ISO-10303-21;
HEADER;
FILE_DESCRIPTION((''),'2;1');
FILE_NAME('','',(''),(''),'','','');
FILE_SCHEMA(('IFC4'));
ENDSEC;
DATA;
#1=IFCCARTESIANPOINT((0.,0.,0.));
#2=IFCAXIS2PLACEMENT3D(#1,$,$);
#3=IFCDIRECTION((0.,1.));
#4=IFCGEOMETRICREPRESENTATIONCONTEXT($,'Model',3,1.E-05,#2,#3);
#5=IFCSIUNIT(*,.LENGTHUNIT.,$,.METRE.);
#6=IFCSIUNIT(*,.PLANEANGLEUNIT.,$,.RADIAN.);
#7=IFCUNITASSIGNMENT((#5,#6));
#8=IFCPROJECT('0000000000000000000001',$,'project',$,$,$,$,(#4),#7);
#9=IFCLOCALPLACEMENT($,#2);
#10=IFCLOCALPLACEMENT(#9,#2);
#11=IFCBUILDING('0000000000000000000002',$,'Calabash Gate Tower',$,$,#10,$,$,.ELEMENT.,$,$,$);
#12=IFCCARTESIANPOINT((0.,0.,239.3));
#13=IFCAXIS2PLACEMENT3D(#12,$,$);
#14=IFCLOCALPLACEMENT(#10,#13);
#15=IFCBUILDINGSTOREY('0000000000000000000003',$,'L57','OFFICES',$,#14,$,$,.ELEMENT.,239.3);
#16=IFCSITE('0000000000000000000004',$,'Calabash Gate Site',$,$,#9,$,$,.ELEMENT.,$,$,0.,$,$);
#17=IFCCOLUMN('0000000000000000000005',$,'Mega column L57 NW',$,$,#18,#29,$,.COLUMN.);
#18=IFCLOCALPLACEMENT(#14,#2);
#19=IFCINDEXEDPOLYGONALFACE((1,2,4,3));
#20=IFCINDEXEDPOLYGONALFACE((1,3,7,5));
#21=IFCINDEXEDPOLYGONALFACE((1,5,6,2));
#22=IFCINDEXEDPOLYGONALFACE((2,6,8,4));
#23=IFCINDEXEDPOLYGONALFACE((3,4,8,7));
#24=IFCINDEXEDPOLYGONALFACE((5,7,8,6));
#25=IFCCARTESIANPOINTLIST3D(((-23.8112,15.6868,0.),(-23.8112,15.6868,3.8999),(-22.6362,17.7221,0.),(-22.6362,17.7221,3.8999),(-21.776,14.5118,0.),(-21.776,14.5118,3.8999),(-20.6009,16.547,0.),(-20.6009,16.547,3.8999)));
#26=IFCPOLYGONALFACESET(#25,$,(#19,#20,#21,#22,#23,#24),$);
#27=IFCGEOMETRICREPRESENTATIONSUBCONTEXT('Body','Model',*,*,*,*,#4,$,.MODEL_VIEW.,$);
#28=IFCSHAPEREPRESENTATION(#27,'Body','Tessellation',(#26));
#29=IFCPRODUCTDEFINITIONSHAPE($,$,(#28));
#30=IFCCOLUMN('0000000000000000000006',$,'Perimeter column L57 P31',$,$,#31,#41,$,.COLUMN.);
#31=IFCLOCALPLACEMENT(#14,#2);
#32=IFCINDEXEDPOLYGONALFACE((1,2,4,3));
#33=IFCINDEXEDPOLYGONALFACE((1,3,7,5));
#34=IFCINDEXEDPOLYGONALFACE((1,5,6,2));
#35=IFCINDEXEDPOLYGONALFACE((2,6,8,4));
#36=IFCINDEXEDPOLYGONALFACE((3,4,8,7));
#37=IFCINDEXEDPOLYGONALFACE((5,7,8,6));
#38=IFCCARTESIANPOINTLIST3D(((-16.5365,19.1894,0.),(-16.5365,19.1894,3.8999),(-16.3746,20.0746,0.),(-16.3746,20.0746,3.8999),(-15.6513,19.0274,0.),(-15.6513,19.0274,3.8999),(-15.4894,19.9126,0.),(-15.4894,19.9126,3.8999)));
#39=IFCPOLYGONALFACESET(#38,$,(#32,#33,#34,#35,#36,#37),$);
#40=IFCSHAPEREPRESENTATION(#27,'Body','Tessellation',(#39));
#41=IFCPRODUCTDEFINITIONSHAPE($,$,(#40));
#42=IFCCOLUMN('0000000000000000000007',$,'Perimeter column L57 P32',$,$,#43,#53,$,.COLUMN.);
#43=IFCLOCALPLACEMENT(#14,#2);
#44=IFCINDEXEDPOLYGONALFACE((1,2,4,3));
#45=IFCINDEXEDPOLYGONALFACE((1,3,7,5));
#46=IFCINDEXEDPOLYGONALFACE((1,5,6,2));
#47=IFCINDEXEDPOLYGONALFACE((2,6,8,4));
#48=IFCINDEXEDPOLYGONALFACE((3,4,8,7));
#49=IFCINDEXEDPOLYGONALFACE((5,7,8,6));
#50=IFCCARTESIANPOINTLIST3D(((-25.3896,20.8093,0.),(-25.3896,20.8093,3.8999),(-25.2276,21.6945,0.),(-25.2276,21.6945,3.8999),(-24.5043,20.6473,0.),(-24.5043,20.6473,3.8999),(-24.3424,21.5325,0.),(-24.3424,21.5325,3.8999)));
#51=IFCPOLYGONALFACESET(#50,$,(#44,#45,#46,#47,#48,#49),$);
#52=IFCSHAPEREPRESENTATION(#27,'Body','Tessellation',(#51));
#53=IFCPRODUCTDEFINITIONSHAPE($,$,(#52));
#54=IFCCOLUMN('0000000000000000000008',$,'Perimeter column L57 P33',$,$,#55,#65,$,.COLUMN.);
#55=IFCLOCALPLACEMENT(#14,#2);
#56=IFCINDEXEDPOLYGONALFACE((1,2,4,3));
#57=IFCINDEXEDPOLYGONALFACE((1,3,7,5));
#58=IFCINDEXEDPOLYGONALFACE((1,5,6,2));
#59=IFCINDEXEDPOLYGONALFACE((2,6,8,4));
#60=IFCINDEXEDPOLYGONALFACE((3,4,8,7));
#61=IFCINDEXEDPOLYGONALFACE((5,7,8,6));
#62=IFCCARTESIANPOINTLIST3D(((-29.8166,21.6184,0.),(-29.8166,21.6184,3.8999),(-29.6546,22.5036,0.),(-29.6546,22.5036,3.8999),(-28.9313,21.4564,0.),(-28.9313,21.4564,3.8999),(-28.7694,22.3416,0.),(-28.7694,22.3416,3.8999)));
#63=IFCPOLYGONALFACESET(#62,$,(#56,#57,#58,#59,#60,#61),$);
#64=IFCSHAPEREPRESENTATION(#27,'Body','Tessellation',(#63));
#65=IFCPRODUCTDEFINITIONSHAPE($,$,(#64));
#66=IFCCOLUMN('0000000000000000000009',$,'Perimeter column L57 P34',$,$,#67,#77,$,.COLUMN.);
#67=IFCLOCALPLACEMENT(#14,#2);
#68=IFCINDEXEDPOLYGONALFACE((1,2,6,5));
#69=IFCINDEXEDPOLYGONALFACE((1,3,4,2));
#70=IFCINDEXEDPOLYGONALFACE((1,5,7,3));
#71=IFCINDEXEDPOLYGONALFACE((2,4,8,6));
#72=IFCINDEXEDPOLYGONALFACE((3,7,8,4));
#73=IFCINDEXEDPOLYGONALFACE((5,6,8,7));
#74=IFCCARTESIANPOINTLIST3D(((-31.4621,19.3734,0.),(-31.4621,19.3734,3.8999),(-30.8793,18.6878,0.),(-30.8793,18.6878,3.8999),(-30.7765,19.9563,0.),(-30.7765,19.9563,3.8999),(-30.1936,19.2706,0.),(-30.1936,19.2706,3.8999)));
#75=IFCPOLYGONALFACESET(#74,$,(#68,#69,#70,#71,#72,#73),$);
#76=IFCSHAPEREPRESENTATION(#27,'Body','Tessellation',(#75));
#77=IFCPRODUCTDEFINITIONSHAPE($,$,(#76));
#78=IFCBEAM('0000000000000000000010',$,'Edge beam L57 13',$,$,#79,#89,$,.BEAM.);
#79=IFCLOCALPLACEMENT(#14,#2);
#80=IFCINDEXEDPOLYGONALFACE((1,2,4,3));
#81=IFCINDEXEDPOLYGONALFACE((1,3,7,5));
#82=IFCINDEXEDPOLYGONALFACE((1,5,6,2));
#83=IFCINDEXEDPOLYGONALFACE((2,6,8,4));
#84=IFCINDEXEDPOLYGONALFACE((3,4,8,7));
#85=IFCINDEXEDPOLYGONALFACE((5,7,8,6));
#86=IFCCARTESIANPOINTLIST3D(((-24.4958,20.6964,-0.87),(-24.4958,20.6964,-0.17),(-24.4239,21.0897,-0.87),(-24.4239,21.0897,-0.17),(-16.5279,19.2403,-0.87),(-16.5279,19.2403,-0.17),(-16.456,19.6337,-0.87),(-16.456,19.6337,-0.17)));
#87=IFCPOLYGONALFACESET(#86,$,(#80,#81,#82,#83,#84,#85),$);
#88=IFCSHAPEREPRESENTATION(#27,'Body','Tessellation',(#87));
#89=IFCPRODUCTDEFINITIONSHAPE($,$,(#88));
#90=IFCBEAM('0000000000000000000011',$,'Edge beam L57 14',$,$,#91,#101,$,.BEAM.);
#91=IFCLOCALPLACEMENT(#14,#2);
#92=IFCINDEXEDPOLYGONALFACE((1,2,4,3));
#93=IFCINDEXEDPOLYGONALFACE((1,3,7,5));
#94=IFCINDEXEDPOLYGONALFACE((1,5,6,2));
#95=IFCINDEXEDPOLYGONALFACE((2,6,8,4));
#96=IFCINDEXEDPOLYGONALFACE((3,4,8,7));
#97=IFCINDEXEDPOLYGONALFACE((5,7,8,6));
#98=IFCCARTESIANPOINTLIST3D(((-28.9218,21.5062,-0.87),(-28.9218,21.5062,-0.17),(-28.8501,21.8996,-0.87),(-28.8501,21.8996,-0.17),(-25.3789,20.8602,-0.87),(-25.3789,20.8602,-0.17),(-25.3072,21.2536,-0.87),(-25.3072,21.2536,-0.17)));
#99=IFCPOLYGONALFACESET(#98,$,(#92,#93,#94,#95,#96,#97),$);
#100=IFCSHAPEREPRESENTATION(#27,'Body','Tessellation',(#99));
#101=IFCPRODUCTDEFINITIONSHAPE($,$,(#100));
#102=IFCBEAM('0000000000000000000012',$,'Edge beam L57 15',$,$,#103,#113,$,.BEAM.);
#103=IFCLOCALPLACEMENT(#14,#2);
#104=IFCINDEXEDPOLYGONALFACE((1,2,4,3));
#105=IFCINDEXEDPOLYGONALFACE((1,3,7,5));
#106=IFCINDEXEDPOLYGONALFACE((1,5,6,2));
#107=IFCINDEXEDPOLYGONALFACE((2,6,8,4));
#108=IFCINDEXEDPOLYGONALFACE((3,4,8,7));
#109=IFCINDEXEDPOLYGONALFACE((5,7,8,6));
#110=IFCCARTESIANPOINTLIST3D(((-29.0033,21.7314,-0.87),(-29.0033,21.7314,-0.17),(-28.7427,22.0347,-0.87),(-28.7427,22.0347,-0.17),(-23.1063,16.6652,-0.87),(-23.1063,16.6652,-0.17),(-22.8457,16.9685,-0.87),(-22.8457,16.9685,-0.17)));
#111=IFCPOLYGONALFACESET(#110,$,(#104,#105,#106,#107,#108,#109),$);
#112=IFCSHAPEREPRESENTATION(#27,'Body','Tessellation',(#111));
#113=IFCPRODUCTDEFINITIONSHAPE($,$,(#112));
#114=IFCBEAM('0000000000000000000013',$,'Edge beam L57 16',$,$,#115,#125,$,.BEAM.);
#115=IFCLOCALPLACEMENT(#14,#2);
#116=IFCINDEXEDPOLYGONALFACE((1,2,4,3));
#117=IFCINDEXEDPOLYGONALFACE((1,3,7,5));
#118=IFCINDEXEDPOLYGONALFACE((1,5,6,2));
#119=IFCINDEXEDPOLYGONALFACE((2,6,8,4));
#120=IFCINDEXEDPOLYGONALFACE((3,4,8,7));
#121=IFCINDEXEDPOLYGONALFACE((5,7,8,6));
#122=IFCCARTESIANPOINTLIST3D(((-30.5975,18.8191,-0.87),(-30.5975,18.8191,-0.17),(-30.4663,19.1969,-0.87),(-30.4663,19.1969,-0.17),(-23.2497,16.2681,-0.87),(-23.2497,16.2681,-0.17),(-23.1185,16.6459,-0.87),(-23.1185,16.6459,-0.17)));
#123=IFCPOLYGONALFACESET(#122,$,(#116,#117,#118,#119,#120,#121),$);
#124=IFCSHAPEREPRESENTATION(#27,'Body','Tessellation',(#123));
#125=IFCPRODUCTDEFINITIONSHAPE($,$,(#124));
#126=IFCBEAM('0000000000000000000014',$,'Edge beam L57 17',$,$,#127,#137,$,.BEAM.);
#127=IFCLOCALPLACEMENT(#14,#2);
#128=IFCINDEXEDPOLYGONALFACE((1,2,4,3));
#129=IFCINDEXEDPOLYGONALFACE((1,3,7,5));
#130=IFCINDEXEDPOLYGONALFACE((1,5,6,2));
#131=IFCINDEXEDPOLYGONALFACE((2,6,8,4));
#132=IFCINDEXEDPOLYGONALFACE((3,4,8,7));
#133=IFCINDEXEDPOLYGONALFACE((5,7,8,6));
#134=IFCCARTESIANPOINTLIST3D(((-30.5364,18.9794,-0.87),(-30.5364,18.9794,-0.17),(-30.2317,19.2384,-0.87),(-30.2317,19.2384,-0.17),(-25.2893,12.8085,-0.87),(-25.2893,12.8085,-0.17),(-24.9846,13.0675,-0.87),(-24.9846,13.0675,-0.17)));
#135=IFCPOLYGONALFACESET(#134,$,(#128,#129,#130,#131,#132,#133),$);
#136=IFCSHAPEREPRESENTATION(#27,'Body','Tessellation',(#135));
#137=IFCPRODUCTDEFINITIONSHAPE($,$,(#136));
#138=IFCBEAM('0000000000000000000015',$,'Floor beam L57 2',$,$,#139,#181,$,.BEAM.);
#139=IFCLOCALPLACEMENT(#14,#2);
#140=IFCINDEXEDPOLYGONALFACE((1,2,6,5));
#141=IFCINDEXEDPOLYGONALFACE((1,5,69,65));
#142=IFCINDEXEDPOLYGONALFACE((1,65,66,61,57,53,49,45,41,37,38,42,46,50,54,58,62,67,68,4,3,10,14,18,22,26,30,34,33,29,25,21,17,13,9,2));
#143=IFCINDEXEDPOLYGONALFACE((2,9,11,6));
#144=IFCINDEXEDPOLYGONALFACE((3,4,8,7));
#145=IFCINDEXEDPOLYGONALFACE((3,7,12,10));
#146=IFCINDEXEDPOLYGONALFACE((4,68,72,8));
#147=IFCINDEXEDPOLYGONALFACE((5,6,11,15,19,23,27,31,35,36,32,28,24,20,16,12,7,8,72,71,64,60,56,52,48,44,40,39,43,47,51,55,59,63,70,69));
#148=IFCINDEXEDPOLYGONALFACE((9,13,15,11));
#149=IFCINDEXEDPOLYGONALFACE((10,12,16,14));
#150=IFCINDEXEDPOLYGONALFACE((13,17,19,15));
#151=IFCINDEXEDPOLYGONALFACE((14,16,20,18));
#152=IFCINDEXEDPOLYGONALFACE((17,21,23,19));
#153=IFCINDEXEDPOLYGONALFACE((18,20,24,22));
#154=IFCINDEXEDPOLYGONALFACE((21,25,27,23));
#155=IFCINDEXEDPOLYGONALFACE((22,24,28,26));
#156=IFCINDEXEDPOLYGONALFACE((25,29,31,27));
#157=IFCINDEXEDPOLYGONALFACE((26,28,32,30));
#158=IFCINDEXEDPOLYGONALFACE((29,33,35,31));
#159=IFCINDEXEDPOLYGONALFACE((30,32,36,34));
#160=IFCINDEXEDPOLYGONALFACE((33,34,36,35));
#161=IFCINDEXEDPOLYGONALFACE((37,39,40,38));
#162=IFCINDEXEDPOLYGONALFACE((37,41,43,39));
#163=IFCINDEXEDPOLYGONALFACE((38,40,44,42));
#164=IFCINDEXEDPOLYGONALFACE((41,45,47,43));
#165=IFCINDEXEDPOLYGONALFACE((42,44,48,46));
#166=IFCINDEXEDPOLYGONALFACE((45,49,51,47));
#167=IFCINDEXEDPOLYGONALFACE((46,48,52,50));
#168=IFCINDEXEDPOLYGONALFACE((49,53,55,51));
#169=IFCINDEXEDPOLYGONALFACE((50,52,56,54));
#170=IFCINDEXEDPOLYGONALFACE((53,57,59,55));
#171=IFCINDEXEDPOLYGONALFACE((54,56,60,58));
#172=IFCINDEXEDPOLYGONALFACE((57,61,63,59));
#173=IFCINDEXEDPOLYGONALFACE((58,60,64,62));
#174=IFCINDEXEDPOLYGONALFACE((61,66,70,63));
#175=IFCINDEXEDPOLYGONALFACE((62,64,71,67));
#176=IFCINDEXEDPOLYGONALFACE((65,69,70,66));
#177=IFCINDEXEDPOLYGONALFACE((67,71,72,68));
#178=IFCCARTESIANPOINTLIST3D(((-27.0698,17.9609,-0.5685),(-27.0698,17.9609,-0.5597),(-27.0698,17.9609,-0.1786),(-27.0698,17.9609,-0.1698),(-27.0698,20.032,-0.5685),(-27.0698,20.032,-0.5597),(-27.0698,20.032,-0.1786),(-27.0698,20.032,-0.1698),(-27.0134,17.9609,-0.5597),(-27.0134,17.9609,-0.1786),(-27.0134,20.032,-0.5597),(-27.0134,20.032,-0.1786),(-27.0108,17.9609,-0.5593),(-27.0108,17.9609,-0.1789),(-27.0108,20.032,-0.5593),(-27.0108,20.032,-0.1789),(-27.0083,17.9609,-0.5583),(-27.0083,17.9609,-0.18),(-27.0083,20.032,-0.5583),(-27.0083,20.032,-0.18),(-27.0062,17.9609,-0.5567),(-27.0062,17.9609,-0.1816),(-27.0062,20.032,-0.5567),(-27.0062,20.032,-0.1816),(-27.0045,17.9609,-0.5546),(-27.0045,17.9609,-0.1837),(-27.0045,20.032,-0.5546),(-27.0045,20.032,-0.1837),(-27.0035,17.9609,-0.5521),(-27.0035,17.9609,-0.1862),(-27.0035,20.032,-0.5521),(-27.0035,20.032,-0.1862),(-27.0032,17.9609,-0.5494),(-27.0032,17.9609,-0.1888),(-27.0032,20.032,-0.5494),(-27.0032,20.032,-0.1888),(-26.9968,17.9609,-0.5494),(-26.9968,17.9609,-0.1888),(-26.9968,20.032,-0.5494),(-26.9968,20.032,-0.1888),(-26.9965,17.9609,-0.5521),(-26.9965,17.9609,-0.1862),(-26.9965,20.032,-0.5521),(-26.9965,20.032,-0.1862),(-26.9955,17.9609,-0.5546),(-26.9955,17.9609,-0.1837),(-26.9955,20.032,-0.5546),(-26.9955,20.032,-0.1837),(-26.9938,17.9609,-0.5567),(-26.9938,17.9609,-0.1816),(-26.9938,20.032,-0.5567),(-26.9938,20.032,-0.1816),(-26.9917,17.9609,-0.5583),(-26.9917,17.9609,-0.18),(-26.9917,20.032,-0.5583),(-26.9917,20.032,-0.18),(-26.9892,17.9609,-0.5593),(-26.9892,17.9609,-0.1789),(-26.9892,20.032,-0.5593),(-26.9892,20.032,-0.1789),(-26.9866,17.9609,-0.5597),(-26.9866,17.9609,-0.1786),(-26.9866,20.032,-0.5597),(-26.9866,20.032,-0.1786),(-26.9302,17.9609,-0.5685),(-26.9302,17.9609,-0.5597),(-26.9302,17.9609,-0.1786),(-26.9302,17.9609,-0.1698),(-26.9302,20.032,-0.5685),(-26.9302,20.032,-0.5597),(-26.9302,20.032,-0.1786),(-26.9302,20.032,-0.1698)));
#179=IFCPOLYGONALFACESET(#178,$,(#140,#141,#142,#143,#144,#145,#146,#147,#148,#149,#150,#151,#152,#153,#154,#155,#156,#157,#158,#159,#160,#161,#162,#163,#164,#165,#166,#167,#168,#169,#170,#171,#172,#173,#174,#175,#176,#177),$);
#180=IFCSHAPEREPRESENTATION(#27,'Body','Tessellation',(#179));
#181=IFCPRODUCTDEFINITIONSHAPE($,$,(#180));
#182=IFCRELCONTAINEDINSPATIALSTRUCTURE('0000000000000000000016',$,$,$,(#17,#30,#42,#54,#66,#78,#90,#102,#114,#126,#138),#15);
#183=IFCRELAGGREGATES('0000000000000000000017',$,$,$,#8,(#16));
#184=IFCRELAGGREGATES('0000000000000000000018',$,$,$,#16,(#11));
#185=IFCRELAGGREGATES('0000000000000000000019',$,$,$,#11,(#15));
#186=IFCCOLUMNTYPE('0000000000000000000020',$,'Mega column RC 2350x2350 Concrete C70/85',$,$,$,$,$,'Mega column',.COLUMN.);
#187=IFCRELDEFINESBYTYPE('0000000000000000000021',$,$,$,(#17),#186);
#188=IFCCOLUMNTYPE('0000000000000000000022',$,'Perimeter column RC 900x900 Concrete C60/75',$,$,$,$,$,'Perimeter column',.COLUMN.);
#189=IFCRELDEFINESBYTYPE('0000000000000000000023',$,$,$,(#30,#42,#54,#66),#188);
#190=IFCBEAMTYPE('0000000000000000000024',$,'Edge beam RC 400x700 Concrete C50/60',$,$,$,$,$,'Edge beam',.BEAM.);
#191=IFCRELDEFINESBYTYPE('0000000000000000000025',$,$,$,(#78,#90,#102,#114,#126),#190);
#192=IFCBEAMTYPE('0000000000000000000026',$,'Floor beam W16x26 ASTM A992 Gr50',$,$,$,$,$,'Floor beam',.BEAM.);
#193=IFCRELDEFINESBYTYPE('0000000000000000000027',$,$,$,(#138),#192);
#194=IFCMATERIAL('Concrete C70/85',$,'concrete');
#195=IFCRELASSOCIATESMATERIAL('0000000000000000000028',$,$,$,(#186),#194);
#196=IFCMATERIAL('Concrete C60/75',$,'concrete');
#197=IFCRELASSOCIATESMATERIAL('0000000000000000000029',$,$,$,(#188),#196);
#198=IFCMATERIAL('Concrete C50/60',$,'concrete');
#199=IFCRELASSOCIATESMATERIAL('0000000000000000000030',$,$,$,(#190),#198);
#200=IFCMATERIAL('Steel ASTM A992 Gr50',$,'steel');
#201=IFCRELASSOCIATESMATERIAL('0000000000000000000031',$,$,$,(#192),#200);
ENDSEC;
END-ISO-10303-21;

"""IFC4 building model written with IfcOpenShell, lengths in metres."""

from ifc_helpers import new_model, si_unit, direction, frame, origin, origin_2d, place, context, subcontext, project, spatial, rectangle, i_section, extrude, material, material_profile, profile_set, type_object, element, save


model = new_model("IFC4")

# Units and contexts
model_context = context("Model", 3, precision=1e-05, world=origin(), true_north=direction((0.0, 1.0)))
body_context = subcontext(model_context, "Body", "Model", "MODEL_VIEW")
ifc_project = project(units=[si_unit("LENGTHUNIT", "METRE"), si_unit("PLANEANGLEUNIT", "RADIAN")], contexts=[model_context])

# Site, building, storey
site_placement = place(None, origin())
site = spatial("IfcSite", under=ifc_project, at=site_placement, Name="Calabash Gate Site", CompositionType="ELEMENT", RefElevation=0.0)
building_placement = place(site_placement, origin())
building = spatial("IfcBuilding", under=site, at=building_placement, Name="Calabash Gate Tower", CompositionType="ELEMENT")
storey_placement = place(building_placement, frame((0.0, 0.0, 239.3)))
storey = spatial("IfcBuildingStorey", under=building, at=storey_placement, Name="L57", Description="OFFICES", CompositionType="ELEMENT", Elevation=239.3)

# Columns
ifc_material_1 = material(Name="Concrete C70/85", Category="concrete")
ifc_material_profile_1 = material_profile(ifc_material_1, rectangle(XDim=2.3501, YDim=2.3501, at=origin_2d()))
ifc_profile_set_1 = profile_set([ifc_material_profile_1], Name="Concrete C70/85")
column_type_1 = type_object("IfcColumnType", Name="Mega column RC 2350x2350 Concrete C70/85", ElementType="Mega column", PredefinedType="COLUMN", material=ifc_profile_set_1)
column_placement = place(storey_placement, frame((-22.2061, 16.1169, 0.0), z_axis=(0.0, 0.0, 1.0), x_axis=(0.866025, -0.5, 0.0)))
element("IfcColumn", 1, at=column_placement, inside=storey, type_object=column_type_1, Name="Mega column L57 NW", PredefinedType="COLUMN", context=body_context, shape_type="SweptSolid", body=[
    extrude(rectangle(XDim=2.3501, YDim=2.3501, at=origin_2d()), origin(), (0.0, 0.0, 1.0), 3.8999),
])
ifc_material_2 = material(Name="Concrete C60/75", Category="concrete")
ifc_material_profile_2 = material_profile(ifc_material_2, rectangle(XDim=0.8999, YDim=0.8999, at=origin_2d()))
ifc_profile_set_2 = profile_set([ifc_material_profile_2], Name="Concrete C60/75")
column_type_2 = type_object("IfcColumnType", Name="Perimeter column RC 900x900 Concrete C60/75", ElementType="Perimeter column", PredefinedType="COLUMN", material=ifc_profile_set_2)
for number, where, z_axis, x_axis, name in (
    (2, (-16.0129, 19.551, 0.0), (0.0, 0.0, 1.0), (-0.98367, 0.179982, 0.0), "Perimeter column L57 P31"),
    (3, (-24.866, 21.1709, 0.0), (0.0, 0.0, 1.0), (-0.98367, 0.179982, 0.0), "Perimeter column L57 P32"),
    (4, (-29.293, 21.98, 0.0), (0.0, 0.0, 1.0), (-0.98367, 0.179982, 0.0), "Perimeter column L57 P33"),
    (5, (-30.8279, 19.322, 0.0), (0.0, 0.0, 1.0), (0.647704, -0.761892, 0.0), "Perimeter column L57 P34"),
):
    element("IfcColumn", number, at=place(storey_placement, frame(where, z_axis=z_axis, x_axis=x_axis)), inside=storey, type_object=column_type_2, Name=name, PredefinedType="COLUMN", context=body_context, shape_type="SweptSolid", body=[
        extrude(rectangle(XDim=0.8999, YDim=0.8999, at=origin_2d()), origin(), (0.0, 0.0, 1.0), 3.8999),
    ])

# Beams
ifc_material_3 = material(Name="Concrete C50/60", Category="concrete")
ifc_material_profile_3 = material_profile(ifc_material_3, rectangle(XDim=0.3999, YDim=0.7, at=origin_2d()))
ifc_profile_set_3 = profile_set([ifc_material_profile_3], Name="Concrete C50/60")
beam_type_1 = type_object("IfcBeamType", Name="Edge beam RC 400x700 Concrete C50/60", ElementType="Edge beam", PredefinedType="BEAM", material=ifc_profile_set_3)
beam_1_placement = place(storey_placement, frame((-16.4919, 19.437, -0.52), z_axis=(-0.98371, 0.179761, 0.0), x_axis=(-0.179761, -0.98371, 0.0)))
element("IfcBeam", 6, at=beam_1_placement, inside=storey, type_object=beam_type_1, Name="Edge beam L57 13", PredefinedType="BEAM", context=body_context, shape_type="SweptSolid", body=[
    extrude(rectangle(XDim=0.3999, YDim=0.7, at=origin_2d()), origin(), (0.0, 0.0, 1.0), 8.0999),
])
beam_2_placement = place(storey_placement, frame((-25.343, 21.0569, -0.52), z_axis=(-0.983781, 0.179375, 0.0), x_axis=(-0.179375, -0.983781, 0.0)))
element("IfcBeam", 7, at=beam_2_placement, inside=storey, type_object=beam_type_1, Name="Edge beam L57 14", PredefinedType="BEAM", context=body_context, shape_type="SweptSolid", body=[
    extrude(rectangle(XDim=0.3999, YDim=0.7, at=origin_2d()), origin(), (0.0, 0.0, 1.0), 3.6013),
])
beam_3_placement = place(storey_placement, frame((-28.873, 21.8831, -0.52), z_axis=(0.758518, -0.651652, 0.0), x_axis=(0.651652, 0.758518, 0.0)))
element("IfcBeam", 8, at=beam_3_placement, inside=storey, type_object=beam_type_1, Name="Edge beam L57 15", PredefinedType="BEAM", context=body_context, shape_type="SweptSolid", body=[
    extrude(rectangle(XDim=0.3999, YDim=0.7, at=origin_2d()), origin(), (0.0, 0.0, 1.0), 7.7744),
])
beam_4_placement = place(storey_placement, frame((-23.1841, 16.457, -0.52), z_axis=(-0.944687, 0.327974, 0.0), x_axis=(-0.327974, -0.944687, 0.0)))
element("IfcBeam", 9, at=beam_4_placement, inside=storey, type_object=beam_type_1, Name="Edge beam L57 16", PredefinedType="BEAM", context=body_context, shape_type="SweptSolid", body=[
    extrude(rectangle(XDim=0.3999, YDim=0.7, at=origin_2d()), origin(), (0.0, 0.0, 1.0), 7.7781),
])
beam_5_placement = place(storey_placement, frame((-30.384, 19.1089, -0.52), z_axis=(0.647778, -0.761829, 0.0), x_axis=(0.761829, 0.647778, 0.0)))
element("IfcBeam", 10, at=beam_5_placement, inside=storey, type_object=beam_type_1, Name="Edge beam L57 17", PredefinedType="BEAM", context=body_context, shape_type="SweptSolid", body=[
    extrude(rectangle(XDim=0.3999, YDim=0.7, at=origin_2d()), origin(), (0.0, 0.0, 1.0), 8.1001),
])
ifc_material_4 = material(Name="Steel ASTM A992 Gr50", Category="steel")
ifc_material_profile_4 = material_profile(ifc_material_4, i_section(OverallWidth=0.1396, OverallDepth=0.3987, WebThickness=0.0063, FlangeThickness=0.0088, FilletRadius=0.0103, at=origin_2d()))
ifc_profile_set_4 = profile_set([ifc_material_profile_4], Name="Steel ASTM A992 Gr50")
beam_type_2 = type_object("IfcBeamType", Name="Floor beam W16x26 ASTM A992 Gr50", ElementType="Floor beam", PredefinedType="BEAM", material=ifc_profile_set_4)
beam_6_placement = place(storey_placement, frame((-27.0, 17.9609, -0.3691), z_axis=(0.0, 1.0, 0.0), x_axis=(-1.0, 0.0, 0.0)))
element("IfcBeam", 11, at=beam_6_placement, inside=storey, type_object=beam_type_2, Name="Floor beam L57 2", PredefinedType="BEAM", context=body_context, shape_type="SweptSolid", body=[
    extrude(i_section(OverallWidth=0.1396, OverallDepth=0.3987, WebThickness=0.0063, FlangeThickness=0.0088, FilletRadius=0.0103, at=origin_2d()), origin(), (0.0, 0.0, 1.0), 2.071),
])

save(model, "model.ifc")
